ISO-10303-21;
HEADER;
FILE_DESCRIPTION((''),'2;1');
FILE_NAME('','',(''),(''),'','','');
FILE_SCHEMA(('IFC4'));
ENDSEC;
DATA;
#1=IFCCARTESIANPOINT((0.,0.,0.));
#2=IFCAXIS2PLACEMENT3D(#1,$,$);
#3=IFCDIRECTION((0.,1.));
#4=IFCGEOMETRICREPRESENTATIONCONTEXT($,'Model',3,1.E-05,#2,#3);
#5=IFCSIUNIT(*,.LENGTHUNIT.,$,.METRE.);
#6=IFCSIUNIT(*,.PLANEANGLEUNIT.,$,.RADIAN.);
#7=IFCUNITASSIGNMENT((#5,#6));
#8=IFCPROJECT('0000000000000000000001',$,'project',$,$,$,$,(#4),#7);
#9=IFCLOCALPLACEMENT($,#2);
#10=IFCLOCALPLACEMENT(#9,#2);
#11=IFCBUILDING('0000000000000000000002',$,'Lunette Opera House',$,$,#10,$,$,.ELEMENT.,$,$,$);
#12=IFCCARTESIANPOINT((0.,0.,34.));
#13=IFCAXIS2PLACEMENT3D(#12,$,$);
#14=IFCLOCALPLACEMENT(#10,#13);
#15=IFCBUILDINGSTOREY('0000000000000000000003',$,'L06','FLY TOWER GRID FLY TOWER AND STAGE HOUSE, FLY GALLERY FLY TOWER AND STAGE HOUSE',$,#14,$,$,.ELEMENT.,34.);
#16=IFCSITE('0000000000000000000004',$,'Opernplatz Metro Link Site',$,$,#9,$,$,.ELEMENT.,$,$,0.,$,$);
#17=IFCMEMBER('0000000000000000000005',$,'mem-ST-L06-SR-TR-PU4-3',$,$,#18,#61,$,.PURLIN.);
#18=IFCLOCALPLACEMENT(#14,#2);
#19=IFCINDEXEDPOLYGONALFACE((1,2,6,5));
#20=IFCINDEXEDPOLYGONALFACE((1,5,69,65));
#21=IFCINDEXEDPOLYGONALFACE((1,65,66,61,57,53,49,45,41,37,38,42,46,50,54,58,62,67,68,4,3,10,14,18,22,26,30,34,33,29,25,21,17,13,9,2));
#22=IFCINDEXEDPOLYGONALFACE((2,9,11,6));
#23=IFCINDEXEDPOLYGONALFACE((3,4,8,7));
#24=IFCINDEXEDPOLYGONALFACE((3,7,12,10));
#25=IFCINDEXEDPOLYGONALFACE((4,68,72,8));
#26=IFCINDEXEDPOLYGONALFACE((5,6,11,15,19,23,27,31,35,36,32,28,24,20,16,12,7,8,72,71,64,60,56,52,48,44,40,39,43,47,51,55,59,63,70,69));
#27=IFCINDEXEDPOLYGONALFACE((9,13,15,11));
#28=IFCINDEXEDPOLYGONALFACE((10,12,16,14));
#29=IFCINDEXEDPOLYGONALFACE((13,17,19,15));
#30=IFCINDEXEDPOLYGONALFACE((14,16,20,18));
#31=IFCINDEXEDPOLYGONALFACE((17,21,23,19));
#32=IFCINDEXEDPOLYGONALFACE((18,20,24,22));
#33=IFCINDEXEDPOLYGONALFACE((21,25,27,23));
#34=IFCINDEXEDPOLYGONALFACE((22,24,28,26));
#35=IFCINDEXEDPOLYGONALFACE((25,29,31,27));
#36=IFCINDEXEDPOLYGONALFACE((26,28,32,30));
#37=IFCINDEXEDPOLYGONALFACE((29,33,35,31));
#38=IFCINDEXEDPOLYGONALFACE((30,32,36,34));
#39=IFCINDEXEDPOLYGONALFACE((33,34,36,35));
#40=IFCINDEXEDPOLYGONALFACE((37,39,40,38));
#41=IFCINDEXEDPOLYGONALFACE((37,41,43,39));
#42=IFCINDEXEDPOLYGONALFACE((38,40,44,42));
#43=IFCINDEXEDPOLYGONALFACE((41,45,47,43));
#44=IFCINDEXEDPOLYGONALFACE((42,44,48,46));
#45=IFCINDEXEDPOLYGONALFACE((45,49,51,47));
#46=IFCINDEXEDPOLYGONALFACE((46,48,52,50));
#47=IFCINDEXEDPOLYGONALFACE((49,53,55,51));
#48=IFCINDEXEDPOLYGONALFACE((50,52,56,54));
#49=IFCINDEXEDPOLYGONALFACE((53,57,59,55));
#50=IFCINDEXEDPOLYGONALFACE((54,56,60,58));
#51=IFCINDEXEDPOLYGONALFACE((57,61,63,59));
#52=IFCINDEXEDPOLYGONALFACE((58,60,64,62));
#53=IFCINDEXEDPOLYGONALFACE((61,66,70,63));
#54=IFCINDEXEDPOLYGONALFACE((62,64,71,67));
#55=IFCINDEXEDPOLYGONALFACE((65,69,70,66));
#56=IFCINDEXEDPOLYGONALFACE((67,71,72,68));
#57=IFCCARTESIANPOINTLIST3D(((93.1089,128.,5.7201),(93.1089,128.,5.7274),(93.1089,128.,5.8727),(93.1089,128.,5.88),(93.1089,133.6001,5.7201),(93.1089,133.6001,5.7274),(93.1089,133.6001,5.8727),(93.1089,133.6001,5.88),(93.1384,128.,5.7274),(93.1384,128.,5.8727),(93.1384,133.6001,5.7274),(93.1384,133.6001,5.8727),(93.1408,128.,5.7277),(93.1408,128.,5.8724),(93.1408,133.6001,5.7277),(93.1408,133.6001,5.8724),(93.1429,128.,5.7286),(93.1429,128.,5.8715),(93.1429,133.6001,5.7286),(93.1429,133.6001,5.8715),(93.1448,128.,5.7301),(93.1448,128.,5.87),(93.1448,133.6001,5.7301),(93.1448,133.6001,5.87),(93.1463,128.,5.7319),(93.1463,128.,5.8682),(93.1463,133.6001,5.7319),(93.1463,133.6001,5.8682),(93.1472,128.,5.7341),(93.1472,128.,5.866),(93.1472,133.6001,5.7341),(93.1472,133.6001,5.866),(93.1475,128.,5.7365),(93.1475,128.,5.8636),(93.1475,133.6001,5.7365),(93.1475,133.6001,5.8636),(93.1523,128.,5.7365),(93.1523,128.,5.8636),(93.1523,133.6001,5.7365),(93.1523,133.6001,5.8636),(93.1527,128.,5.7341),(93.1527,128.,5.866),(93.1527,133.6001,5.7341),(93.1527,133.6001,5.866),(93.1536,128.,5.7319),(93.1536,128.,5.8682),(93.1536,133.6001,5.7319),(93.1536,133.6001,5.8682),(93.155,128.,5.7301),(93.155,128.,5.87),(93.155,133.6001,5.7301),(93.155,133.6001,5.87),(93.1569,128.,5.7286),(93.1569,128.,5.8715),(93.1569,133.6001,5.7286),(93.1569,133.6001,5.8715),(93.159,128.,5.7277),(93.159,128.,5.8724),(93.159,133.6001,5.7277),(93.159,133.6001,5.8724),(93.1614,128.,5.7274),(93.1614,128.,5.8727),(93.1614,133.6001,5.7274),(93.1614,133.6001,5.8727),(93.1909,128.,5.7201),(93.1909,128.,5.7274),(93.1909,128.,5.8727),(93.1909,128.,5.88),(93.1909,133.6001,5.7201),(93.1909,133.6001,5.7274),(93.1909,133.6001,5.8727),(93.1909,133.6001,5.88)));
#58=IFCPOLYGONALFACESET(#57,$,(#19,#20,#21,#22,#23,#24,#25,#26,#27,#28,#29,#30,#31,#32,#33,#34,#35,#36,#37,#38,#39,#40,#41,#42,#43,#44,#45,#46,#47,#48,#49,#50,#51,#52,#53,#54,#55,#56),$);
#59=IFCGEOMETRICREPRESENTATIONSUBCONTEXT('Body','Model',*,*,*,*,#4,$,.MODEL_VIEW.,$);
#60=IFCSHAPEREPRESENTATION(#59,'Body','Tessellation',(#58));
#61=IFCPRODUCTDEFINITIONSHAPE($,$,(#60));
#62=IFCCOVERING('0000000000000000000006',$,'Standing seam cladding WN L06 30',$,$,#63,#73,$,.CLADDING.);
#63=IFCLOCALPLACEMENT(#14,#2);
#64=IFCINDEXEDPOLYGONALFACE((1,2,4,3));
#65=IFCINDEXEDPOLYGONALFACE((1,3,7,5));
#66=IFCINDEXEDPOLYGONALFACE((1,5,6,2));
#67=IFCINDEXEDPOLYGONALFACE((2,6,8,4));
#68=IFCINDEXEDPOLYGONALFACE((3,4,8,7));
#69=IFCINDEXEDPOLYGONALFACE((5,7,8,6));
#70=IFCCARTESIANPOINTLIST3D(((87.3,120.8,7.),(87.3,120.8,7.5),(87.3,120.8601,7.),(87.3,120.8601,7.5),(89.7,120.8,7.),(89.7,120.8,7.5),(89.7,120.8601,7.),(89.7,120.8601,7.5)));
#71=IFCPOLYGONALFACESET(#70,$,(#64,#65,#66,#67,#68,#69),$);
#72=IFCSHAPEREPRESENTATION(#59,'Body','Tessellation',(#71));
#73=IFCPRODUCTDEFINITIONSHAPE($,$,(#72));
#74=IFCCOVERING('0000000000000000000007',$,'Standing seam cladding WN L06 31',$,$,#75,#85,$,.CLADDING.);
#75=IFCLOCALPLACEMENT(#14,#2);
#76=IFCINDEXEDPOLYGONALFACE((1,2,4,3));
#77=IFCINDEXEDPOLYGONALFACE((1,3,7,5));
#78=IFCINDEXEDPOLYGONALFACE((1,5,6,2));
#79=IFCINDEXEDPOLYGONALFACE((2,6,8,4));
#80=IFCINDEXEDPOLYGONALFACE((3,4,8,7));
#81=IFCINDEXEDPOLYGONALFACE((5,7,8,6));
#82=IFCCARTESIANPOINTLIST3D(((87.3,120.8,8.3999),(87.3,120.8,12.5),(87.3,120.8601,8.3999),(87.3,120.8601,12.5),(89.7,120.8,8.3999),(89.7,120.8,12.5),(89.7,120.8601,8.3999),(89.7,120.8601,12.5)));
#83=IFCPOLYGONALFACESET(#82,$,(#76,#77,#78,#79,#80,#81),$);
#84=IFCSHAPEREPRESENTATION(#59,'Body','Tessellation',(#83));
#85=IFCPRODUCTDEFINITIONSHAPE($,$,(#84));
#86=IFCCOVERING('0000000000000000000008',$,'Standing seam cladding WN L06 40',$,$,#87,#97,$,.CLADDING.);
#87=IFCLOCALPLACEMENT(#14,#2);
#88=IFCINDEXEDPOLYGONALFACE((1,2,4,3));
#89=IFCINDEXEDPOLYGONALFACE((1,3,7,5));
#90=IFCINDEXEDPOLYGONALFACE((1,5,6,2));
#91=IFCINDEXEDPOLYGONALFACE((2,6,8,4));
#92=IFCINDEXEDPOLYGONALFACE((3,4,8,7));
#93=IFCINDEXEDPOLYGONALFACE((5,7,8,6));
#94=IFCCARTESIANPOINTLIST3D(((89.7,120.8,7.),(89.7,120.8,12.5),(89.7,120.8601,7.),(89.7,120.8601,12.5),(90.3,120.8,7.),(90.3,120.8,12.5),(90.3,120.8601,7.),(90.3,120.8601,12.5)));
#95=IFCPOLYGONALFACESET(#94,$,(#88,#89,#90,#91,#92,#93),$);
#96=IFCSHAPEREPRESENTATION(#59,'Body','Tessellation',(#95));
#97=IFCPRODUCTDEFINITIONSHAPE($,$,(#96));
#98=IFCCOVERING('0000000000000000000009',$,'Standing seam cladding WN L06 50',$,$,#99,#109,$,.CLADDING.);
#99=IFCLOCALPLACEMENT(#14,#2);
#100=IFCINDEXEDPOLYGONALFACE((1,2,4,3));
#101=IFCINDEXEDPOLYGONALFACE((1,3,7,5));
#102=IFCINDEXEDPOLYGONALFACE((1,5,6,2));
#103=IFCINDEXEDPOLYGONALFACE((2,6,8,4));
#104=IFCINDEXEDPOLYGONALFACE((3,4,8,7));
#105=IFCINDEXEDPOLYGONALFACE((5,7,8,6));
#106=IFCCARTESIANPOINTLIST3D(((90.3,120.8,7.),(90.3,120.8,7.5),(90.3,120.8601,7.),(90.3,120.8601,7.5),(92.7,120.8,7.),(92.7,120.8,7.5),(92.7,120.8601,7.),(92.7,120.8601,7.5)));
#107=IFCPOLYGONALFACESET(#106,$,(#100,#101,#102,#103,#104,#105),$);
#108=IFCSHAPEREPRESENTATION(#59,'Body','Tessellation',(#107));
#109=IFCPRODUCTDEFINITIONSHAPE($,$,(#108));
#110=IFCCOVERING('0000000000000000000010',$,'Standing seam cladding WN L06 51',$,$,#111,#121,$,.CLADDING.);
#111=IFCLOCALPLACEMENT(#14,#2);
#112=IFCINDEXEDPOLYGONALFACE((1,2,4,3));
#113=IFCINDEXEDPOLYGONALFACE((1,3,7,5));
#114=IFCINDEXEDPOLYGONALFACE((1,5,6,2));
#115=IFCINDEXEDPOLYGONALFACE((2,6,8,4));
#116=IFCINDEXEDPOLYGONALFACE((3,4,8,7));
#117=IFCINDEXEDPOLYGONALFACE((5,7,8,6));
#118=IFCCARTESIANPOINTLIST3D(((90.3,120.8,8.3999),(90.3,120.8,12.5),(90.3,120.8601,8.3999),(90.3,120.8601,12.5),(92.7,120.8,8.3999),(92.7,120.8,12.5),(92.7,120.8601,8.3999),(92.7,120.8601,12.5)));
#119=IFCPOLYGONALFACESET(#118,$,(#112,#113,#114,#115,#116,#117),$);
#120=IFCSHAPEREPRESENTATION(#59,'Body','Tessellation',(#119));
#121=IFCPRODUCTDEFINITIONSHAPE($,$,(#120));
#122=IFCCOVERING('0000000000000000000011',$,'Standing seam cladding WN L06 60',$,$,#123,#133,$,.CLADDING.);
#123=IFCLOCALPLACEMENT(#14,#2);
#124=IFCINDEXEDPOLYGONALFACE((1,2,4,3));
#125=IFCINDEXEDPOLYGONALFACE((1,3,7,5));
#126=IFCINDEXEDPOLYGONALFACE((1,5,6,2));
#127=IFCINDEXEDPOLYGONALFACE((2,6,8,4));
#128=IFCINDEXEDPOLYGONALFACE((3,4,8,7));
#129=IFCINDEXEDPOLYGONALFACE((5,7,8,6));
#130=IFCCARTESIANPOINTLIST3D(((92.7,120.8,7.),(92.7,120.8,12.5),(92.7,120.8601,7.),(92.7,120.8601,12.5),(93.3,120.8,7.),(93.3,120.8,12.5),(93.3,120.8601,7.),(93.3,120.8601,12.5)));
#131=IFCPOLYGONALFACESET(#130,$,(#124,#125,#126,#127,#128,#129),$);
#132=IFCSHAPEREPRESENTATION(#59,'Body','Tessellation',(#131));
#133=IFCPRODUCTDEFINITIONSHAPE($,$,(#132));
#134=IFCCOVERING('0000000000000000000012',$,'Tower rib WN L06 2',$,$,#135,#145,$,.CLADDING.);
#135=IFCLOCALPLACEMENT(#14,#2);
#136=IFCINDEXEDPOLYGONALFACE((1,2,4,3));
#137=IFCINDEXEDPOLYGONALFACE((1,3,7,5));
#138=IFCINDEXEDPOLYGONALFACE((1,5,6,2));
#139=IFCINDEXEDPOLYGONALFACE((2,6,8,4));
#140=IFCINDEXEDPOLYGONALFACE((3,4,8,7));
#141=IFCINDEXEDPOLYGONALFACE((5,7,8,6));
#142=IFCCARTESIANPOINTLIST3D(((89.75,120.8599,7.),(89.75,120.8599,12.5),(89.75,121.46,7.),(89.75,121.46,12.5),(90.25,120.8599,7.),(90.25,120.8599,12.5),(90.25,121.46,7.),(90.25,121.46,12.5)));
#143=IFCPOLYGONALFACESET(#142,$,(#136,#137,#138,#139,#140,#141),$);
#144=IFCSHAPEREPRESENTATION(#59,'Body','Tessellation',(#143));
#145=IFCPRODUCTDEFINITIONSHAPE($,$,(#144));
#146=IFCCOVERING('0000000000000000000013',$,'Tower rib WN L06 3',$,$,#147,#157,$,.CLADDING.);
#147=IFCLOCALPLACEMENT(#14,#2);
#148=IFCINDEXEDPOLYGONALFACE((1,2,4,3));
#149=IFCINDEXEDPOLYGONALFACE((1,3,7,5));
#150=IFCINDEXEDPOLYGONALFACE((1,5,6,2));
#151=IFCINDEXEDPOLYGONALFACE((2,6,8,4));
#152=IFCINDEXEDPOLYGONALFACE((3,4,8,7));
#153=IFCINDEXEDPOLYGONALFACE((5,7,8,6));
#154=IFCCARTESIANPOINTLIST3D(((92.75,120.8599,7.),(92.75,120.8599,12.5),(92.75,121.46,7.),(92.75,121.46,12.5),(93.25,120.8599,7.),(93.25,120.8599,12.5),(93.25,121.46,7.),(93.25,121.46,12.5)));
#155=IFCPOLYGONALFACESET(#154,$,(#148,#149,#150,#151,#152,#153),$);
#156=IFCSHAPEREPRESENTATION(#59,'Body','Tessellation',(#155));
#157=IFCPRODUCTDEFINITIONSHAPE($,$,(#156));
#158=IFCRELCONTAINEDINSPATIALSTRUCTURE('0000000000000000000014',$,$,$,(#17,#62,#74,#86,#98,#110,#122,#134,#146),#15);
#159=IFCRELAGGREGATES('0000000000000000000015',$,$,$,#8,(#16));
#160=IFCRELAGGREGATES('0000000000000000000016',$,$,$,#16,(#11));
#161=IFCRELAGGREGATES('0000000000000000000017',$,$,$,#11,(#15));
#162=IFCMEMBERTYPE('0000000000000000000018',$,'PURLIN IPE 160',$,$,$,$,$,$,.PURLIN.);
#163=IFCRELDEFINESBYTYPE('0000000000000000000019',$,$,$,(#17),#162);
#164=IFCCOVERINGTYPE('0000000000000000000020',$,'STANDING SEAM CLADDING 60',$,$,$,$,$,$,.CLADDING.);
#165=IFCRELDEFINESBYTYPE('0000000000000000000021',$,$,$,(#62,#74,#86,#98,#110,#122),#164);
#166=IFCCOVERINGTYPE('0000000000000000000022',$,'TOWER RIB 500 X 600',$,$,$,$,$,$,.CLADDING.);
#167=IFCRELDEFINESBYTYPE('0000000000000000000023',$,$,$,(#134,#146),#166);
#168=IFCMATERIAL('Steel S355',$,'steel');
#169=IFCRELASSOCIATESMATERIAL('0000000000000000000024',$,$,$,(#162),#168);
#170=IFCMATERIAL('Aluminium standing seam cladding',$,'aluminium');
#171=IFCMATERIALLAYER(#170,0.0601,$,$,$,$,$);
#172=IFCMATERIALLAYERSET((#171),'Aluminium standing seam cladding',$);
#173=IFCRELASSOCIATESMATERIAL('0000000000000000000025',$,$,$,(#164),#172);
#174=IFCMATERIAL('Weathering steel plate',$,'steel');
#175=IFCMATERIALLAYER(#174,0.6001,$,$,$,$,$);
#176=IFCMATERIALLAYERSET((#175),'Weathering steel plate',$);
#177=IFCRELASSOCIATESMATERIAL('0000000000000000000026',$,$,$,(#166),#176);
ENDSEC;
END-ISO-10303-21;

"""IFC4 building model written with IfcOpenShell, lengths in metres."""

from ifc_helpers import new_model, si_unit, direction, frame, origin, origin_2d, place, context, subcontext, project, spatial, rectangle, i_section, extrude, material, layer, layer_set, material_profile, profile_set, type_object, element, save


model = new_model("IFC4")

# Units and contexts
model_context = context("Model", 3, precision=1e-05, world=origin(), true_north=direction((0.0, 1.0)))
body_context = subcontext(model_context, "Body", "Model", "MODEL_VIEW")
ifc_project = project(units=[si_unit("LENGTHUNIT", "METRE"), si_unit("PLANEANGLEUNIT", "RADIAN")], contexts=[model_context])

# Site, building, storey
site_placement = place(None, origin())
site = spatial("IfcSite", under=ifc_project, at=site_placement, Name="Opernplatz Metro Link Site", CompositionType="ELEMENT", RefElevation=0.0)
building_placement = place(site_placement, origin())
building = spatial("IfcBuilding", under=site, at=building_placement, Name="Lunette Opera House", CompositionType="ELEMENT")
storey_placement = place(building_placement, frame((0.0, 0.0, 34.0)))
storey = spatial("IfcBuildingStorey", under=building, at=storey_placement, Name="L06", Description="FLY TOWER GRID FLY TOWER AND STAGE HOUSE, FLY GALLERY FLY TOWER AND STAGE HOUSE", CompositionType="ELEMENT", Elevation=34.0)

# Member
ifc_material_1 = material(Name="Steel S355", Category="steel")
ifc_material_profile_1 = material_profile(ifc_material_1, i_section(OverallWidth=0.082, OverallDepth=0.1599, WebThickness=0.0049, FlangeThickness=0.0073, FilletRadius=0.009, at=origin_2d()), Name="IPE 160")
ifc_profile_set_1 = profile_set([ifc_material_profile_1], Name="Steel S355")
member_type_1 = type_object("IfcMemberType", Name="PURLIN IPE 160", PredefinedType="PURLIN", material=ifc_profile_set_1)
for number, where, z_axis, x_axis, name in (
    (1, (93.1499, 128.0, 5.8), (0.0, 1.0, 0.0), (-1.0, 0.0, 0.0), "mem-ST-L06-SR-TR-PU4-3"),
):
    element("IfcMember", number, at=place(storey_placement, frame(where, z_axis=z_axis, x_axis=x_axis)), inside=storey, type_object=member_type_1, Name=name, PredefinedType="PURLIN", context=body_context, shape_type="SweptSolid", body=[
        extrude(i_section(OverallWidth=0.082, OverallDepth=0.1599, WebThickness=0.0049, FlangeThickness=0.0073, FilletRadius=0.009, at=origin_2d()), origin(), (0.0, 0.0, 1.0), 5.6001),
    ])

# Coverings
ifc_material_2 = material(Name="Aluminium standing seam cladding", Category="aluminium")
ifc_layer_1 = layer(ifc_material_2, 0.0601)
ifc_layer_set_1 = layer_set([ifc_layer_1], Name="Aluminium standing seam cladding")
covering_type_1 = type_object("IfcCoveringType", Name="STANDING SEAM CLADDING 60", PredefinedType="CLADDING", material=ifc_layer_set_1)
covering_1_placement = place(storey_placement, frame((88.5, 120.8301, 7.0), z_axis=(0.0, 0.0, 1.0), x_axis=(1.0, 0.0, 0.0)))
element("IfcCovering", 2, at=covering_1_placement, inside=storey, type_object=covering_type_1, Name="Standing seam cladding WN L06 30", PredefinedType="CLADDING", context=body_context, shape_type="SweptSolid", body=[
    extrude(rectangle(XDim=2.3999, YDim=0.0601, at=origin_2d()), origin(), (0.0, 0.0, 1.0), 0.5),
])
covering_2_placement = place(storey_placement, frame((88.5, 120.8301, 8.3999), z_axis=(0.0, 0.0, 1.0), x_axis=(1.0, 0.0, 0.0)))
element("IfcCovering", 3, at=covering_2_placement, inside=storey, type_object=covering_type_1, Name="Standing seam cladding WN L06 31", PredefinedType="CLADDING", context=body_context, shape_type="SweptSolid", body=[
    extrude(rectangle(XDim=2.3999, YDim=0.0601, at=origin_2d()), origin(), (0.0, 0.0, 1.0), 4.1001),
])
covering_3_placement = place(storey_placement, frame((90.0, 120.8301, 7.0), z_axis=(0.0, 0.0, 1.0), x_axis=(1.0, 0.0, 0.0)))
element("IfcCovering", 4, at=covering_3_placement, inside=storey, type_object=covering_type_1, Name="Standing seam cladding WN L06 40", PredefinedType="CLADDING", context=body_context, shape_type="SweptSolid", body=[
    extrude(rectangle(XDim=0.6001, YDim=0.0601, at=origin_2d()), origin(), (0.0, 0.0, 1.0), 5.5),
])
covering_4_placement = place(storey_placement, frame((91.5, 120.8301, 7.0), z_axis=(0.0, 0.0, 1.0), x_axis=(1.0, 0.0, 0.0)))
element("IfcCovering", 5, at=covering_4_placement, inside=storey, type_object=covering_type_1, Name="Standing seam cladding WN L06 50", PredefinedType="CLADDING", context=body_context, shape_type="SweptSolid", body=[
    extrude(rectangle(XDim=2.3999, YDim=0.0601, at=origin_2d()), origin(), (0.0, 0.0, 1.0), 0.5),
])
covering_5_placement = place(storey_placement, frame((91.5, 120.8301, 8.3999), z_axis=(0.0, 0.0, 1.0), x_axis=(1.0, 0.0, 0.0)))
element("IfcCovering", 6, at=covering_5_placement, inside=storey, type_object=covering_type_1, Name="Standing seam cladding WN L06 51", PredefinedType="CLADDING", context=body_context, shape_type="SweptSolid", body=[
    extrude(rectangle(XDim=2.3999, YDim=0.0601, at=origin_2d()), origin(), (0.0, 0.0, 1.0), 4.1001),
])
covering_6_placement = place(storey_placement, frame((93.0, 120.8301, 7.0), z_axis=(0.0, 0.0, 1.0), x_axis=(1.0, 0.0, 0.0)))
element("IfcCovering", 7, at=covering_6_placement, inside=storey, type_object=covering_type_1, Name="Standing seam cladding WN L06 60", PredefinedType="CLADDING", context=body_context, shape_type="SweptSolid", body=[
    extrude(rectangle(XDim=0.6001, YDim=0.0601, at=origin_2d()), origin(), (0.0, 0.0, 1.0), 5.5),
])
ifc_material_3 = material(Name="Weathering steel plate", Category="steel")
ifc_layer_2 = layer(ifc_material_3, 0.6001)
ifc_layer_set_2 = layer_set([ifc_layer_2], Name="Weathering steel plate")
covering_type_2 = type_object("IfcCoveringType", Name="TOWER RIB 500 X 600", PredefinedType="CLADDING", material=ifc_layer_set_2)
for number, where, z_axis, x_axis, name in (
    (8, (90.0, 121.1599, 7.0), (0.0, 0.0, 1.0), (1.0, 0.0, 0.0), "Tower rib WN L06 2"),
    (9, (93.0, 121.1599, 7.0), (0.0, 0.0, 1.0), (1.0, 0.0, 0.0), "Tower rib WN L06 3"),
):
    element("IfcCovering", number, at=place(storey_placement, frame(where, z_axis=z_axis, x_axis=x_axis)), inside=storey, type_object=covering_type_2, Name=name, PredefinedType="CLADDING", context=body_context, shape_type="SweptSolid", body=[
        extrude(rectangle(XDim=0.5, YDim=0.6001, at=origin_2d()), origin(), (0.0, 0.0, 1.0), 5.5),
    ])

save(model, "model.ifc")
